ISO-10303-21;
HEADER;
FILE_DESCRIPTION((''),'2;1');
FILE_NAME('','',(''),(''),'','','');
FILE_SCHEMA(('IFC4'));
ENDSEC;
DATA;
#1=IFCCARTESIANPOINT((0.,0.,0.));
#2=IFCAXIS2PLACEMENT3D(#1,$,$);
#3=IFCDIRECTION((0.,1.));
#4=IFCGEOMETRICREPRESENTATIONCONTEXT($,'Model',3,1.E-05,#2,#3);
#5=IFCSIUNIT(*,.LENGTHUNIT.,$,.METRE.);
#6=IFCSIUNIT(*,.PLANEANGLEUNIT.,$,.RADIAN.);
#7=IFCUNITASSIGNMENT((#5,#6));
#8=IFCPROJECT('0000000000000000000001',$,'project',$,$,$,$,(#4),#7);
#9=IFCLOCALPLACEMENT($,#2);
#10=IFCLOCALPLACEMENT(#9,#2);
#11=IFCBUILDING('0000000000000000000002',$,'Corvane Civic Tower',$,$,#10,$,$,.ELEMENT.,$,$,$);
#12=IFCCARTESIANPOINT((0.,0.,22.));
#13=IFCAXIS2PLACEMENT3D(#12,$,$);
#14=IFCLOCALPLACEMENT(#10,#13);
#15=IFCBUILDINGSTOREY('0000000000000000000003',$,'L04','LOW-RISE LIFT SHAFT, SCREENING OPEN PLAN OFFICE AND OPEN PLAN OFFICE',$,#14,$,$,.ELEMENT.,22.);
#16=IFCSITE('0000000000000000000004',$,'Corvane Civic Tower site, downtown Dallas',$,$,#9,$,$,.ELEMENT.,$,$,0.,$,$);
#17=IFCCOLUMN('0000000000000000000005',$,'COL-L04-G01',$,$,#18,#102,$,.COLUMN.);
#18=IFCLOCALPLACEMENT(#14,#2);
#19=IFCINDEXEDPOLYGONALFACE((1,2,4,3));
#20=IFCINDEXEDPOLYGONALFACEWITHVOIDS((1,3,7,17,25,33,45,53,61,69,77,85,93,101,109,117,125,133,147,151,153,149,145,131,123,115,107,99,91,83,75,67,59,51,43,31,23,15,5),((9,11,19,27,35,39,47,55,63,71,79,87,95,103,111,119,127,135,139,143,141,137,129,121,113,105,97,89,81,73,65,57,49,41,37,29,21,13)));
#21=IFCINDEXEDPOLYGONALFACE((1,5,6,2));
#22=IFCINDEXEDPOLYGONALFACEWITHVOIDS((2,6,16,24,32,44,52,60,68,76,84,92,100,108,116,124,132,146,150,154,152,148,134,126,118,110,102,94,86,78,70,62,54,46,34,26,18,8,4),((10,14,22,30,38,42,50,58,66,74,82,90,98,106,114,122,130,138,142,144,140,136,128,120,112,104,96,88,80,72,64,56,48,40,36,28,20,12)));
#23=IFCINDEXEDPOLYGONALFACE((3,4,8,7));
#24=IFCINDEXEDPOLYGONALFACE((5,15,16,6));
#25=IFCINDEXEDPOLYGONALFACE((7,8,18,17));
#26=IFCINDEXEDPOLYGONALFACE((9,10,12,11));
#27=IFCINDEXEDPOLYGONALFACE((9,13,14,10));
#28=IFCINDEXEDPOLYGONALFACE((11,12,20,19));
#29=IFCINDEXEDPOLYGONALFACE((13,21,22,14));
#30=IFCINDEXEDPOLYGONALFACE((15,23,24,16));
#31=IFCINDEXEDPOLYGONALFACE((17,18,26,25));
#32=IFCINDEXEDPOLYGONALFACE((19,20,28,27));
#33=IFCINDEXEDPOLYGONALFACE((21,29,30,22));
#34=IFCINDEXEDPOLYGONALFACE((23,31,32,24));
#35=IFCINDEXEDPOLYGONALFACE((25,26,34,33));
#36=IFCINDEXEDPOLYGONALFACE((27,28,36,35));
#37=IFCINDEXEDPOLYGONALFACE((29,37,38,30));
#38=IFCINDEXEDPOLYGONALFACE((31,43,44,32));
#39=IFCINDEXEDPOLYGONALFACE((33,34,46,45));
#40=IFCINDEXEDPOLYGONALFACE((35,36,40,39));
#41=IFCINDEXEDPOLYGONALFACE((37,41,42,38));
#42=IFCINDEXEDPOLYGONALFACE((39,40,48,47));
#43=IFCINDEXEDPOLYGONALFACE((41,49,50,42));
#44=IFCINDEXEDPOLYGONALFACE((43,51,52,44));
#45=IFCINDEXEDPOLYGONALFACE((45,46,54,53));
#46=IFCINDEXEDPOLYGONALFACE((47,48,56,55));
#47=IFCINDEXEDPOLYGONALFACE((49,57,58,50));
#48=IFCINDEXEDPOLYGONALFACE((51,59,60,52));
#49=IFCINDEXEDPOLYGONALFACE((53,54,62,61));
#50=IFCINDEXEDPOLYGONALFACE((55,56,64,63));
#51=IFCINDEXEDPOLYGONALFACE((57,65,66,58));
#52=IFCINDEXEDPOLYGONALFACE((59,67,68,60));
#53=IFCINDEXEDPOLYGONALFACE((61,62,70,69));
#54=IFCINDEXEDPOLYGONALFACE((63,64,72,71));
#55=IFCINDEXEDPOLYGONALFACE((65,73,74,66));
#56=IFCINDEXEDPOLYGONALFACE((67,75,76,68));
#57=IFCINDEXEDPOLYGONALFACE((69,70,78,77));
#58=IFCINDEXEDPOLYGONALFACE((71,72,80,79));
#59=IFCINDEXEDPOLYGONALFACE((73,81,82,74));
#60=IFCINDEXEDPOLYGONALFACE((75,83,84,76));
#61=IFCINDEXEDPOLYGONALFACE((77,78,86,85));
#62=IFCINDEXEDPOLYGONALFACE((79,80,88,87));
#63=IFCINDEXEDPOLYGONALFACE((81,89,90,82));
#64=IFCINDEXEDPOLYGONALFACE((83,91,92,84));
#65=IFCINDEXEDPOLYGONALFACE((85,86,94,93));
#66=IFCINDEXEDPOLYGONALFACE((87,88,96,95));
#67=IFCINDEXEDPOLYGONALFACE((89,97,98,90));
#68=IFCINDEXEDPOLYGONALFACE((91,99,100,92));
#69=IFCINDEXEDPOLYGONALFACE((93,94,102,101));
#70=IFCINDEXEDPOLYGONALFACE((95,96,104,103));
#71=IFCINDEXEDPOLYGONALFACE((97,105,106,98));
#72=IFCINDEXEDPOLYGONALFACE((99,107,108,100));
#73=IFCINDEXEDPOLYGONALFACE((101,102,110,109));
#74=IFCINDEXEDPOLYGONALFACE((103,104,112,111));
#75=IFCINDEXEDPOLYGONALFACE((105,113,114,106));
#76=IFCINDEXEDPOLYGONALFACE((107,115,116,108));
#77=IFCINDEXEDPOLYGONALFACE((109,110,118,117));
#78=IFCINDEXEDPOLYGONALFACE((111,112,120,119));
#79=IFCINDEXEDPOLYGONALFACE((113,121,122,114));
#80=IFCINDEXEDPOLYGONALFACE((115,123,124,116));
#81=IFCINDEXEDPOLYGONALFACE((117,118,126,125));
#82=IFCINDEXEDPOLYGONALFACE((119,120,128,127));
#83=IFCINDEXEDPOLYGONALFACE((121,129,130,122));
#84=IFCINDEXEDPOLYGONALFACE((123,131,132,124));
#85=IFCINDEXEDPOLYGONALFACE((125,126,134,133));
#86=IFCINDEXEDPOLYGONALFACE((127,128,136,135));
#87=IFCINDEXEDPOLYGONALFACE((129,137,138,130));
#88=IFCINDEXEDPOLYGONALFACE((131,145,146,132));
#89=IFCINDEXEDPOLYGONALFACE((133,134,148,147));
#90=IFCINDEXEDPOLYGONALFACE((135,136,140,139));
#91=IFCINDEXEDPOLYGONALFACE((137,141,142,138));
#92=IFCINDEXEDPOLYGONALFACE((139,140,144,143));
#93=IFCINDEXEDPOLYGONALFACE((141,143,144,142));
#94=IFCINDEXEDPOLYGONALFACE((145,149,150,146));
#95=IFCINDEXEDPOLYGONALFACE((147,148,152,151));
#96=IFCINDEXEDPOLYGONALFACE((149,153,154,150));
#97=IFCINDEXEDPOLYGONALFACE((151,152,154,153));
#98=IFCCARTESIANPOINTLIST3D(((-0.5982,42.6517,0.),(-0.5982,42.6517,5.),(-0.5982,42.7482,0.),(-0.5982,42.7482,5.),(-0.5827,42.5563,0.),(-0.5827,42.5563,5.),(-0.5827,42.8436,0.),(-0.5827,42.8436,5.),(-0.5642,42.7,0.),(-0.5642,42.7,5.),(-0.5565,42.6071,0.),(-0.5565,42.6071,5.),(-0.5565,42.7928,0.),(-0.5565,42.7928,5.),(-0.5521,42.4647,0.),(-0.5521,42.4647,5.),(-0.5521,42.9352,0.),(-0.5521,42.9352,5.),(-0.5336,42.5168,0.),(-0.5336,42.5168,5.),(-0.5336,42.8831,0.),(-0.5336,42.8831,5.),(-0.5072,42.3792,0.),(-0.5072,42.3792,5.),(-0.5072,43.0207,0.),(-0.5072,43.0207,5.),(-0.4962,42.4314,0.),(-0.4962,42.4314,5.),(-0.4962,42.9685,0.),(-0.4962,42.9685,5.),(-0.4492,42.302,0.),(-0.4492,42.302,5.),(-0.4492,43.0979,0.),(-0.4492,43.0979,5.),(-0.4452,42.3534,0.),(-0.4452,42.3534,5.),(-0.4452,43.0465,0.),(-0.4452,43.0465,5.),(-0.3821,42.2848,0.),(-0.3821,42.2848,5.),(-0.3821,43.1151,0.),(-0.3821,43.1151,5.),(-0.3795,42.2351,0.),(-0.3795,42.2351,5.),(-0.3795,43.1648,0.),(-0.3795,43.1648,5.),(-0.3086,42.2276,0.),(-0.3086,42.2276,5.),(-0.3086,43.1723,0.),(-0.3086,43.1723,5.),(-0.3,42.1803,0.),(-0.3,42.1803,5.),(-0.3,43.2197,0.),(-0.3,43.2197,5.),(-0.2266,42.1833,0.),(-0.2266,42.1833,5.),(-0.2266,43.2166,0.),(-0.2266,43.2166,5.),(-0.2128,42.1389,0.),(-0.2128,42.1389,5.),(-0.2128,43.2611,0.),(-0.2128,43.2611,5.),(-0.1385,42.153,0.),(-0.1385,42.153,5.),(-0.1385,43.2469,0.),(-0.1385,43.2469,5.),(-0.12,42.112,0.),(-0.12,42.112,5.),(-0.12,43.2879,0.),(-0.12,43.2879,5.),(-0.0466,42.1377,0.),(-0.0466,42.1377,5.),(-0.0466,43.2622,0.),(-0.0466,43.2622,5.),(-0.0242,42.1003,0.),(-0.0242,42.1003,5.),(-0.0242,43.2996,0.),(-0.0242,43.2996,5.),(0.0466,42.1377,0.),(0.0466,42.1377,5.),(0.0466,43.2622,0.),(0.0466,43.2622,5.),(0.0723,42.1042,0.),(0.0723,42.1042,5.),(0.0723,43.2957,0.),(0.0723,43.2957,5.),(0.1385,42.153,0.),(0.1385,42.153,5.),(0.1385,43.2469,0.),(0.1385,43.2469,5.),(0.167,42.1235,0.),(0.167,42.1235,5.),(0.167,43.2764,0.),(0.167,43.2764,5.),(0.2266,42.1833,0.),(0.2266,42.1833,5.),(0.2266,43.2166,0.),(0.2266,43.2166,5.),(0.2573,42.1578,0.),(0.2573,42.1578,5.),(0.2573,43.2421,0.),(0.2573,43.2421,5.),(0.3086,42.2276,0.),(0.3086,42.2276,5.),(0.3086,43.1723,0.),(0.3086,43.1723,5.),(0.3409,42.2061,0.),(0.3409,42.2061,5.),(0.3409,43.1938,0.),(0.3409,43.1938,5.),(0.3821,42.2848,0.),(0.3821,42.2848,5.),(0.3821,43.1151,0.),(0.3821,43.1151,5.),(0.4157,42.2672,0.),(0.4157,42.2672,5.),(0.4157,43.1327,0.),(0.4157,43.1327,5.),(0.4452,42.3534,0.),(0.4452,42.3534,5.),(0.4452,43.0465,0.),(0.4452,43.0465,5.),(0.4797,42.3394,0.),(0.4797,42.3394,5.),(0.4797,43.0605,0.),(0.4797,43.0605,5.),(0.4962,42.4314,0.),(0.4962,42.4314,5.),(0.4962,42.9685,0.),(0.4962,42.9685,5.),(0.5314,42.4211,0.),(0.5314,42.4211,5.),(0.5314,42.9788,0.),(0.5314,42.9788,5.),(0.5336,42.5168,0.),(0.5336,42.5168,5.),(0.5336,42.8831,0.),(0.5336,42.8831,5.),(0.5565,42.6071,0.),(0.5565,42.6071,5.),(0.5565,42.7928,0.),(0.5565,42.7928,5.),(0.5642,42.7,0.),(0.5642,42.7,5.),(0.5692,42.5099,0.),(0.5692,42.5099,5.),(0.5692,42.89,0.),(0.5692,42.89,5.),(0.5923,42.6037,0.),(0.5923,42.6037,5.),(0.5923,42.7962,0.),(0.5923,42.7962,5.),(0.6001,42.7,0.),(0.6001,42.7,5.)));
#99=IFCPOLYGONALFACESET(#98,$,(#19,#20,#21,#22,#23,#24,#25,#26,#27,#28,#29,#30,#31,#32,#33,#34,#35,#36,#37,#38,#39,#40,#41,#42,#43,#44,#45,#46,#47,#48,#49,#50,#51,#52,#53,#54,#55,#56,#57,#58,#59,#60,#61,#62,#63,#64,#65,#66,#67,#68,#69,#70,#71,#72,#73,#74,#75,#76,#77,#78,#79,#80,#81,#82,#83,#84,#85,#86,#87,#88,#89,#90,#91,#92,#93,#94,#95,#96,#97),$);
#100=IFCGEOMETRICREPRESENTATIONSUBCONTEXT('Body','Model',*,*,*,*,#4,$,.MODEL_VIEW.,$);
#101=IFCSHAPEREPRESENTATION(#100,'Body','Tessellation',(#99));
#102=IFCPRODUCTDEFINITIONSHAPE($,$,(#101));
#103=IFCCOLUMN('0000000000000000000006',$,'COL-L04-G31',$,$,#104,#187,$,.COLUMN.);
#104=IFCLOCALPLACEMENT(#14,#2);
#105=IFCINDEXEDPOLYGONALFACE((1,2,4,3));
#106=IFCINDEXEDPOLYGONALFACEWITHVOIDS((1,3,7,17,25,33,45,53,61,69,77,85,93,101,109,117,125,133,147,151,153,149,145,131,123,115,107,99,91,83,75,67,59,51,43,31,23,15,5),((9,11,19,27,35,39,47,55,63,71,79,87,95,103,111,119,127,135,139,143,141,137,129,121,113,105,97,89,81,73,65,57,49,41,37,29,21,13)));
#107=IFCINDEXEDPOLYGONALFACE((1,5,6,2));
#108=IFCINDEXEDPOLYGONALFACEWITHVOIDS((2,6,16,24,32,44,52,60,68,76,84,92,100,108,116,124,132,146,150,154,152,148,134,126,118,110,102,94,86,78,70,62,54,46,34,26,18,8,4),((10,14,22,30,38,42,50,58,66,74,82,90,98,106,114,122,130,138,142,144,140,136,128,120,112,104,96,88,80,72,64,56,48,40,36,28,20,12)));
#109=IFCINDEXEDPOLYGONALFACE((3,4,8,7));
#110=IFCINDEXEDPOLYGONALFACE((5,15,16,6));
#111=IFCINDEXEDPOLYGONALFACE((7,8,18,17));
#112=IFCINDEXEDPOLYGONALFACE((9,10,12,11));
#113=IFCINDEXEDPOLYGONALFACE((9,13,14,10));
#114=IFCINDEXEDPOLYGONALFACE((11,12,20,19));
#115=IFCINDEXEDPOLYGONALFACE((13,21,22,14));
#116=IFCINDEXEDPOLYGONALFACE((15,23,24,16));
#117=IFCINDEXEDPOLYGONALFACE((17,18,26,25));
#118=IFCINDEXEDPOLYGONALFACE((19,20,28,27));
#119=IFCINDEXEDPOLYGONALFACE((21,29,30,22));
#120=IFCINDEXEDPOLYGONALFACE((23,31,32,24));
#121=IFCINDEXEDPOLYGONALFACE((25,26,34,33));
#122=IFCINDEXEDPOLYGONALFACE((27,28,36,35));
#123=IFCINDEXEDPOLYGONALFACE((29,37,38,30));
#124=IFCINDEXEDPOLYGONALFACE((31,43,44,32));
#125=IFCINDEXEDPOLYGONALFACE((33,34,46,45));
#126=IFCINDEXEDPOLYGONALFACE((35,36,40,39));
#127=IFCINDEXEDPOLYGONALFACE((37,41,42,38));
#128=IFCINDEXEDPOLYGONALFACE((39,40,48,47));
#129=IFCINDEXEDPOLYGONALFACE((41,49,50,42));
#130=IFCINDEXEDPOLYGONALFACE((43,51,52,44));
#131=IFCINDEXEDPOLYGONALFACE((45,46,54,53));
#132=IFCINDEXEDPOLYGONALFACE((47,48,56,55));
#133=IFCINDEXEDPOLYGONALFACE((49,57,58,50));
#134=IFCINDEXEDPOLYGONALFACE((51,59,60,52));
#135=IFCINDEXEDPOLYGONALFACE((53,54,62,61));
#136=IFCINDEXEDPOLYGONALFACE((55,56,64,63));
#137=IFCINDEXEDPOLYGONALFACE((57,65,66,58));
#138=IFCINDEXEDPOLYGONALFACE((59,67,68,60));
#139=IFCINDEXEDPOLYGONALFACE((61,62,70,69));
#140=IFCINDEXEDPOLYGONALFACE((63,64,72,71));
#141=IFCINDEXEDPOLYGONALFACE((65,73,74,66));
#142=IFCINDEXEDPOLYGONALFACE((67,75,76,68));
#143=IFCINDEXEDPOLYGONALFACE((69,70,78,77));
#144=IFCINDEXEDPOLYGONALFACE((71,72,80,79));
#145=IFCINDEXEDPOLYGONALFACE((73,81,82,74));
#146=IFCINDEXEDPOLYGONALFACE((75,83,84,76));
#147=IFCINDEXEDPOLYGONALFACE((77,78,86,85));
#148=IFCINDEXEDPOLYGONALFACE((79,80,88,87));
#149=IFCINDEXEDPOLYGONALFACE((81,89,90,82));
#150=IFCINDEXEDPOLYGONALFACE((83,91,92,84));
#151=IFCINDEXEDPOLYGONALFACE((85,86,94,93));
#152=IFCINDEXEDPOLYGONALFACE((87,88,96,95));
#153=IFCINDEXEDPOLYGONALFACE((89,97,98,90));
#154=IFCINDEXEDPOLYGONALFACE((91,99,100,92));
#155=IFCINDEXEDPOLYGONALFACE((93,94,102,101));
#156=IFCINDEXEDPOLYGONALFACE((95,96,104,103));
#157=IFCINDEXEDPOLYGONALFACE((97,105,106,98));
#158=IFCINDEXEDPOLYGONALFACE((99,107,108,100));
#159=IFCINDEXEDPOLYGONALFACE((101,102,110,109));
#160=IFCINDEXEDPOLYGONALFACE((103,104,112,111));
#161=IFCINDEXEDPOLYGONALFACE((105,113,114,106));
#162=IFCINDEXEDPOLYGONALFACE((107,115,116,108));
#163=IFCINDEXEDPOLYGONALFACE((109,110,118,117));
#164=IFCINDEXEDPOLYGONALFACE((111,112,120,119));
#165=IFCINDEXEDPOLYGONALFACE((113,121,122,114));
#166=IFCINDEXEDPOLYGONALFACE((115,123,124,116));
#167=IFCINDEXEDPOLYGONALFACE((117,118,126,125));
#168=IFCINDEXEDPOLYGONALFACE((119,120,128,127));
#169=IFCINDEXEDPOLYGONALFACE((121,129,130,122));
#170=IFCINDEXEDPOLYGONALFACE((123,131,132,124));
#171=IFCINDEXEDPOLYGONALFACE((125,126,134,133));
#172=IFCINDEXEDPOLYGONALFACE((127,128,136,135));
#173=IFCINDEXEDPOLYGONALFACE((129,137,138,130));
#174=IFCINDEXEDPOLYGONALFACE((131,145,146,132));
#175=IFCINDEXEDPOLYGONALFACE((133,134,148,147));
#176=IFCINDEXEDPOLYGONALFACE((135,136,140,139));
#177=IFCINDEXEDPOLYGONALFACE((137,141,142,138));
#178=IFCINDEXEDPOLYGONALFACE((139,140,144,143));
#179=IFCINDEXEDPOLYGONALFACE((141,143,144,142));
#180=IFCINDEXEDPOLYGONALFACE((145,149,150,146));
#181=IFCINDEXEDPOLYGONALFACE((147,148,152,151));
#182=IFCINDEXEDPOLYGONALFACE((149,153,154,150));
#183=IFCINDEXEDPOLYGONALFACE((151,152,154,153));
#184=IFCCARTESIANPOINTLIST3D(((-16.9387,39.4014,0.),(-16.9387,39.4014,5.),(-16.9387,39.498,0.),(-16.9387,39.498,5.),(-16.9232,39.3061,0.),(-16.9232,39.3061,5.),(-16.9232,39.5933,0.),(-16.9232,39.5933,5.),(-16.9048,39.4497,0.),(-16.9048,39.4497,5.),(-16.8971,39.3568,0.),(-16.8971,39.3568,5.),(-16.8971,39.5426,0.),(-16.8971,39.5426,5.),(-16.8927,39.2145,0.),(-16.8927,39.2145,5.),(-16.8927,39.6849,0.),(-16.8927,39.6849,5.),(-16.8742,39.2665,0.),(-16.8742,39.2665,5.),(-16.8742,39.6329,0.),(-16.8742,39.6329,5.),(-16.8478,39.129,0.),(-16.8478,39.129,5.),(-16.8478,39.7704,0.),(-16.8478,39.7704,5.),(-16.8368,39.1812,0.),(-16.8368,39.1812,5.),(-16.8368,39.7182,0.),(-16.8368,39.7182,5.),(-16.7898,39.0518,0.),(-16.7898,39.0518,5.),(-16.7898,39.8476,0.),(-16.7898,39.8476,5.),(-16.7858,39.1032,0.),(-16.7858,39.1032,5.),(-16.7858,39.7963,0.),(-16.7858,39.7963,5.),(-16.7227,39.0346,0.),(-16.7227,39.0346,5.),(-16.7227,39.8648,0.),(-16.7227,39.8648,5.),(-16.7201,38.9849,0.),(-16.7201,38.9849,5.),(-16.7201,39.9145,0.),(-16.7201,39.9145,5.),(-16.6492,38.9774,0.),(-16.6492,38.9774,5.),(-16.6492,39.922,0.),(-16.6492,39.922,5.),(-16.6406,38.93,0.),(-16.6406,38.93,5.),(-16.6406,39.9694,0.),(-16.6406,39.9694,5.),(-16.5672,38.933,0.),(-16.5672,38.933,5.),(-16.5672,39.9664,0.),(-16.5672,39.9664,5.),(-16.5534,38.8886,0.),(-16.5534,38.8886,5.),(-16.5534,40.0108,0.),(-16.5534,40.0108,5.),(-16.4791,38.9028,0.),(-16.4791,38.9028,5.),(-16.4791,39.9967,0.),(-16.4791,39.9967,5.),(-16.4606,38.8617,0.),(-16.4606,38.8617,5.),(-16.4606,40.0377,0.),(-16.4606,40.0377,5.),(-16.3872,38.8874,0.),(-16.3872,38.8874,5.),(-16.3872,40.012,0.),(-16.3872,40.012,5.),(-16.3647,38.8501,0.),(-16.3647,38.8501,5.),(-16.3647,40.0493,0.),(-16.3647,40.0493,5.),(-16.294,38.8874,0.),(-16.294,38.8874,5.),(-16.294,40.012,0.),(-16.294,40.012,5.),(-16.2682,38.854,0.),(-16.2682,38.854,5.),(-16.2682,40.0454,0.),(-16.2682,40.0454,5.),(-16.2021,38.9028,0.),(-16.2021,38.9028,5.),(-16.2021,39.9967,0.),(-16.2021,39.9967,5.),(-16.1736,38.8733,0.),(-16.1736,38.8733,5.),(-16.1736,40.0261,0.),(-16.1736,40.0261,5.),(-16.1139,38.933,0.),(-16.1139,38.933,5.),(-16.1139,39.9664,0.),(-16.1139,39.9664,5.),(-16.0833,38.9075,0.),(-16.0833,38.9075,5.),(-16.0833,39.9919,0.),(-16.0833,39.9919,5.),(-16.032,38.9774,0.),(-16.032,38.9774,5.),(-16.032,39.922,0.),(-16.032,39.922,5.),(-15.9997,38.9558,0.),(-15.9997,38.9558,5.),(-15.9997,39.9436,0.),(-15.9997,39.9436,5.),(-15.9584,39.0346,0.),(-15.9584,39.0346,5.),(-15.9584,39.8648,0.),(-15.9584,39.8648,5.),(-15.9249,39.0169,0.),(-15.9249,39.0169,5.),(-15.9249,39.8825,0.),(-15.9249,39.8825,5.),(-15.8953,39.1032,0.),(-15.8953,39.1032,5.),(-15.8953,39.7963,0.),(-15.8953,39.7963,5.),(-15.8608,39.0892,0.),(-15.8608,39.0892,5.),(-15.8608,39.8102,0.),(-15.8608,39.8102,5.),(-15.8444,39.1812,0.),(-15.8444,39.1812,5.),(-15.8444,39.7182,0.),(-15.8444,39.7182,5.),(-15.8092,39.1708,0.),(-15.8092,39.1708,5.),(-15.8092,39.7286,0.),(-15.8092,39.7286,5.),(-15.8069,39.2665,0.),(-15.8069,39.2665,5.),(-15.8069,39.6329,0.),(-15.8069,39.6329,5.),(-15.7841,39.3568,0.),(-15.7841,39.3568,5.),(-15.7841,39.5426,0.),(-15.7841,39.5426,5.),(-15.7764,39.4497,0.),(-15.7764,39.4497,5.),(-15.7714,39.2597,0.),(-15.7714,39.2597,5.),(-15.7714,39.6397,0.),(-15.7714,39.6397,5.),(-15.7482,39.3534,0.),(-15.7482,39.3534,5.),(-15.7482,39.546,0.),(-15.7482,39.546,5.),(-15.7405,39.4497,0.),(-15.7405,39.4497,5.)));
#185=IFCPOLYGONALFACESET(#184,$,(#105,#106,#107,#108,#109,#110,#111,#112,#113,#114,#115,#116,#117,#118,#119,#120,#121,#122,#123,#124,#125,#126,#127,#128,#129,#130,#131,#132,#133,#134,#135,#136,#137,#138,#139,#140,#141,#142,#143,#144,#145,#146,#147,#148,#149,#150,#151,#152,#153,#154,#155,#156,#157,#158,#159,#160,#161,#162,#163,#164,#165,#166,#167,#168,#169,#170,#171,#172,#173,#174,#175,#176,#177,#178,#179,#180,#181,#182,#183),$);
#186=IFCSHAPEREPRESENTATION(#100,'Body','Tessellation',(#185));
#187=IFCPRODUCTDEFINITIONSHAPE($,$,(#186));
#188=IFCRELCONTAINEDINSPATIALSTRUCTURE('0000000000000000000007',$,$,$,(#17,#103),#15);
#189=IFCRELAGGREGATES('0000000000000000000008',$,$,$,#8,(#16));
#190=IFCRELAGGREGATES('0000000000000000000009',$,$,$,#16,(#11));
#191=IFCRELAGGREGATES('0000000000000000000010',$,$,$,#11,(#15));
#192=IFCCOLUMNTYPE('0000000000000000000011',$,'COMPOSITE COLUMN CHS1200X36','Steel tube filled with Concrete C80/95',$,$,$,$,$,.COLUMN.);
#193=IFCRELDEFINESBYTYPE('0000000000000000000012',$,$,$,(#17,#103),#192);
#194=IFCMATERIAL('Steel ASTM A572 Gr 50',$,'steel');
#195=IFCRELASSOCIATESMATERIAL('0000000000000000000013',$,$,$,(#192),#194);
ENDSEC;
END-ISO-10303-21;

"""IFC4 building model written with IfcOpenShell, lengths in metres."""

from ifc_helpers import new_model, si_unit, direction, frame, origin, origin_2d, place, context, subcontext, project, spatial, hollow_circle, extrude, material, material_profile, profile_set, type_object, element, save


model = new_model("IFC4")

# Units and contexts
model_context = context("Model", 3, precision=1e-05, world=origin(), true_north=direction((0.0, 1.0)))
body_context = subcontext(model_context, "Body", "Model", "MODEL_VIEW")
ifc_project = project(units=[si_unit("LENGTHUNIT", "METRE"), si_unit("PLANEANGLEUNIT", "RADIAN")], contexts=[model_context])

# Site, building, storey
site_placement = place(None, origin())
site = spatial("IfcSite", under=ifc_project, at=site_placement, Name="Corvane Civic Tower site, downtown Dallas", CompositionType="ELEMENT", RefElevation=0.0)
building_placement = place(site_placement, origin())
building = spatial("IfcBuilding", under=site, at=building_placement, Name="Corvane Civic Tower", CompositionType="ELEMENT")
storey_placement = place(building_placement, frame((0.0, 0.0, 22.0)))
storey = spatial("IfcBuildingStorey", under=building, at=storey_placement, Name="L04", Description="LOW-RISE LIFT SHAFT, SCREENING OPEN PLAN OFFICE AND OPEN PLAN OFFICE", CompositionType="ELEMENT", Elevation=22.0)

# Columns
ifc_material_1 = material(Name="Steel ASTM A572 Gr 50", Category="steel")
ifc_material_profile_1 = material_profile(ifc_material_1, hollow_circle(Radius=0.6001, WallThickness=0.0359, at=origin_2d()), Name="CHS1200X36")
ifc_profile_set_1 = profile_set([ifc_material_profile_1], Name="Steel ASTM A572 Gr 50")
column_type_1 = type_object("IfcColumnType", Name="COMPOSITE COLUMN CHS1200X36", Description="Steel tube filled with Concrete C80/95", PredefinedType="COLUMN", material=ifc_profile_set_1)
for number, where, z_axis, x_axis, name in (
    (1, (0.0, 42.7, 0.0), (0.0, 0.0, 1.0), (1.0, 0.0, 0.0), "COL-L04-G01"),
    (2, (-16.3406, 39.4497, 0.0), (0.0, 0.0, 1.0), (1.0, 0.0, 0.0), "COL-L04-G31"),
):
    element("IfcColumn", number, at=place(storey_placement, frame(where, z_axis=z_axis, x_axis=x_axis)), inside=storey, type_object=column_type_1, Name=name, PredefinedType="COLUMN", context=body_context, shape_type="SweptSolid", body=[
        extrude(hollow_circle(Radius=0.6001, WallThickness=0.0359, at=origin_2d()), origin(), (0.0, 0.0, 1.0), 5.0),
    ])

save(model, "model.ifc")
